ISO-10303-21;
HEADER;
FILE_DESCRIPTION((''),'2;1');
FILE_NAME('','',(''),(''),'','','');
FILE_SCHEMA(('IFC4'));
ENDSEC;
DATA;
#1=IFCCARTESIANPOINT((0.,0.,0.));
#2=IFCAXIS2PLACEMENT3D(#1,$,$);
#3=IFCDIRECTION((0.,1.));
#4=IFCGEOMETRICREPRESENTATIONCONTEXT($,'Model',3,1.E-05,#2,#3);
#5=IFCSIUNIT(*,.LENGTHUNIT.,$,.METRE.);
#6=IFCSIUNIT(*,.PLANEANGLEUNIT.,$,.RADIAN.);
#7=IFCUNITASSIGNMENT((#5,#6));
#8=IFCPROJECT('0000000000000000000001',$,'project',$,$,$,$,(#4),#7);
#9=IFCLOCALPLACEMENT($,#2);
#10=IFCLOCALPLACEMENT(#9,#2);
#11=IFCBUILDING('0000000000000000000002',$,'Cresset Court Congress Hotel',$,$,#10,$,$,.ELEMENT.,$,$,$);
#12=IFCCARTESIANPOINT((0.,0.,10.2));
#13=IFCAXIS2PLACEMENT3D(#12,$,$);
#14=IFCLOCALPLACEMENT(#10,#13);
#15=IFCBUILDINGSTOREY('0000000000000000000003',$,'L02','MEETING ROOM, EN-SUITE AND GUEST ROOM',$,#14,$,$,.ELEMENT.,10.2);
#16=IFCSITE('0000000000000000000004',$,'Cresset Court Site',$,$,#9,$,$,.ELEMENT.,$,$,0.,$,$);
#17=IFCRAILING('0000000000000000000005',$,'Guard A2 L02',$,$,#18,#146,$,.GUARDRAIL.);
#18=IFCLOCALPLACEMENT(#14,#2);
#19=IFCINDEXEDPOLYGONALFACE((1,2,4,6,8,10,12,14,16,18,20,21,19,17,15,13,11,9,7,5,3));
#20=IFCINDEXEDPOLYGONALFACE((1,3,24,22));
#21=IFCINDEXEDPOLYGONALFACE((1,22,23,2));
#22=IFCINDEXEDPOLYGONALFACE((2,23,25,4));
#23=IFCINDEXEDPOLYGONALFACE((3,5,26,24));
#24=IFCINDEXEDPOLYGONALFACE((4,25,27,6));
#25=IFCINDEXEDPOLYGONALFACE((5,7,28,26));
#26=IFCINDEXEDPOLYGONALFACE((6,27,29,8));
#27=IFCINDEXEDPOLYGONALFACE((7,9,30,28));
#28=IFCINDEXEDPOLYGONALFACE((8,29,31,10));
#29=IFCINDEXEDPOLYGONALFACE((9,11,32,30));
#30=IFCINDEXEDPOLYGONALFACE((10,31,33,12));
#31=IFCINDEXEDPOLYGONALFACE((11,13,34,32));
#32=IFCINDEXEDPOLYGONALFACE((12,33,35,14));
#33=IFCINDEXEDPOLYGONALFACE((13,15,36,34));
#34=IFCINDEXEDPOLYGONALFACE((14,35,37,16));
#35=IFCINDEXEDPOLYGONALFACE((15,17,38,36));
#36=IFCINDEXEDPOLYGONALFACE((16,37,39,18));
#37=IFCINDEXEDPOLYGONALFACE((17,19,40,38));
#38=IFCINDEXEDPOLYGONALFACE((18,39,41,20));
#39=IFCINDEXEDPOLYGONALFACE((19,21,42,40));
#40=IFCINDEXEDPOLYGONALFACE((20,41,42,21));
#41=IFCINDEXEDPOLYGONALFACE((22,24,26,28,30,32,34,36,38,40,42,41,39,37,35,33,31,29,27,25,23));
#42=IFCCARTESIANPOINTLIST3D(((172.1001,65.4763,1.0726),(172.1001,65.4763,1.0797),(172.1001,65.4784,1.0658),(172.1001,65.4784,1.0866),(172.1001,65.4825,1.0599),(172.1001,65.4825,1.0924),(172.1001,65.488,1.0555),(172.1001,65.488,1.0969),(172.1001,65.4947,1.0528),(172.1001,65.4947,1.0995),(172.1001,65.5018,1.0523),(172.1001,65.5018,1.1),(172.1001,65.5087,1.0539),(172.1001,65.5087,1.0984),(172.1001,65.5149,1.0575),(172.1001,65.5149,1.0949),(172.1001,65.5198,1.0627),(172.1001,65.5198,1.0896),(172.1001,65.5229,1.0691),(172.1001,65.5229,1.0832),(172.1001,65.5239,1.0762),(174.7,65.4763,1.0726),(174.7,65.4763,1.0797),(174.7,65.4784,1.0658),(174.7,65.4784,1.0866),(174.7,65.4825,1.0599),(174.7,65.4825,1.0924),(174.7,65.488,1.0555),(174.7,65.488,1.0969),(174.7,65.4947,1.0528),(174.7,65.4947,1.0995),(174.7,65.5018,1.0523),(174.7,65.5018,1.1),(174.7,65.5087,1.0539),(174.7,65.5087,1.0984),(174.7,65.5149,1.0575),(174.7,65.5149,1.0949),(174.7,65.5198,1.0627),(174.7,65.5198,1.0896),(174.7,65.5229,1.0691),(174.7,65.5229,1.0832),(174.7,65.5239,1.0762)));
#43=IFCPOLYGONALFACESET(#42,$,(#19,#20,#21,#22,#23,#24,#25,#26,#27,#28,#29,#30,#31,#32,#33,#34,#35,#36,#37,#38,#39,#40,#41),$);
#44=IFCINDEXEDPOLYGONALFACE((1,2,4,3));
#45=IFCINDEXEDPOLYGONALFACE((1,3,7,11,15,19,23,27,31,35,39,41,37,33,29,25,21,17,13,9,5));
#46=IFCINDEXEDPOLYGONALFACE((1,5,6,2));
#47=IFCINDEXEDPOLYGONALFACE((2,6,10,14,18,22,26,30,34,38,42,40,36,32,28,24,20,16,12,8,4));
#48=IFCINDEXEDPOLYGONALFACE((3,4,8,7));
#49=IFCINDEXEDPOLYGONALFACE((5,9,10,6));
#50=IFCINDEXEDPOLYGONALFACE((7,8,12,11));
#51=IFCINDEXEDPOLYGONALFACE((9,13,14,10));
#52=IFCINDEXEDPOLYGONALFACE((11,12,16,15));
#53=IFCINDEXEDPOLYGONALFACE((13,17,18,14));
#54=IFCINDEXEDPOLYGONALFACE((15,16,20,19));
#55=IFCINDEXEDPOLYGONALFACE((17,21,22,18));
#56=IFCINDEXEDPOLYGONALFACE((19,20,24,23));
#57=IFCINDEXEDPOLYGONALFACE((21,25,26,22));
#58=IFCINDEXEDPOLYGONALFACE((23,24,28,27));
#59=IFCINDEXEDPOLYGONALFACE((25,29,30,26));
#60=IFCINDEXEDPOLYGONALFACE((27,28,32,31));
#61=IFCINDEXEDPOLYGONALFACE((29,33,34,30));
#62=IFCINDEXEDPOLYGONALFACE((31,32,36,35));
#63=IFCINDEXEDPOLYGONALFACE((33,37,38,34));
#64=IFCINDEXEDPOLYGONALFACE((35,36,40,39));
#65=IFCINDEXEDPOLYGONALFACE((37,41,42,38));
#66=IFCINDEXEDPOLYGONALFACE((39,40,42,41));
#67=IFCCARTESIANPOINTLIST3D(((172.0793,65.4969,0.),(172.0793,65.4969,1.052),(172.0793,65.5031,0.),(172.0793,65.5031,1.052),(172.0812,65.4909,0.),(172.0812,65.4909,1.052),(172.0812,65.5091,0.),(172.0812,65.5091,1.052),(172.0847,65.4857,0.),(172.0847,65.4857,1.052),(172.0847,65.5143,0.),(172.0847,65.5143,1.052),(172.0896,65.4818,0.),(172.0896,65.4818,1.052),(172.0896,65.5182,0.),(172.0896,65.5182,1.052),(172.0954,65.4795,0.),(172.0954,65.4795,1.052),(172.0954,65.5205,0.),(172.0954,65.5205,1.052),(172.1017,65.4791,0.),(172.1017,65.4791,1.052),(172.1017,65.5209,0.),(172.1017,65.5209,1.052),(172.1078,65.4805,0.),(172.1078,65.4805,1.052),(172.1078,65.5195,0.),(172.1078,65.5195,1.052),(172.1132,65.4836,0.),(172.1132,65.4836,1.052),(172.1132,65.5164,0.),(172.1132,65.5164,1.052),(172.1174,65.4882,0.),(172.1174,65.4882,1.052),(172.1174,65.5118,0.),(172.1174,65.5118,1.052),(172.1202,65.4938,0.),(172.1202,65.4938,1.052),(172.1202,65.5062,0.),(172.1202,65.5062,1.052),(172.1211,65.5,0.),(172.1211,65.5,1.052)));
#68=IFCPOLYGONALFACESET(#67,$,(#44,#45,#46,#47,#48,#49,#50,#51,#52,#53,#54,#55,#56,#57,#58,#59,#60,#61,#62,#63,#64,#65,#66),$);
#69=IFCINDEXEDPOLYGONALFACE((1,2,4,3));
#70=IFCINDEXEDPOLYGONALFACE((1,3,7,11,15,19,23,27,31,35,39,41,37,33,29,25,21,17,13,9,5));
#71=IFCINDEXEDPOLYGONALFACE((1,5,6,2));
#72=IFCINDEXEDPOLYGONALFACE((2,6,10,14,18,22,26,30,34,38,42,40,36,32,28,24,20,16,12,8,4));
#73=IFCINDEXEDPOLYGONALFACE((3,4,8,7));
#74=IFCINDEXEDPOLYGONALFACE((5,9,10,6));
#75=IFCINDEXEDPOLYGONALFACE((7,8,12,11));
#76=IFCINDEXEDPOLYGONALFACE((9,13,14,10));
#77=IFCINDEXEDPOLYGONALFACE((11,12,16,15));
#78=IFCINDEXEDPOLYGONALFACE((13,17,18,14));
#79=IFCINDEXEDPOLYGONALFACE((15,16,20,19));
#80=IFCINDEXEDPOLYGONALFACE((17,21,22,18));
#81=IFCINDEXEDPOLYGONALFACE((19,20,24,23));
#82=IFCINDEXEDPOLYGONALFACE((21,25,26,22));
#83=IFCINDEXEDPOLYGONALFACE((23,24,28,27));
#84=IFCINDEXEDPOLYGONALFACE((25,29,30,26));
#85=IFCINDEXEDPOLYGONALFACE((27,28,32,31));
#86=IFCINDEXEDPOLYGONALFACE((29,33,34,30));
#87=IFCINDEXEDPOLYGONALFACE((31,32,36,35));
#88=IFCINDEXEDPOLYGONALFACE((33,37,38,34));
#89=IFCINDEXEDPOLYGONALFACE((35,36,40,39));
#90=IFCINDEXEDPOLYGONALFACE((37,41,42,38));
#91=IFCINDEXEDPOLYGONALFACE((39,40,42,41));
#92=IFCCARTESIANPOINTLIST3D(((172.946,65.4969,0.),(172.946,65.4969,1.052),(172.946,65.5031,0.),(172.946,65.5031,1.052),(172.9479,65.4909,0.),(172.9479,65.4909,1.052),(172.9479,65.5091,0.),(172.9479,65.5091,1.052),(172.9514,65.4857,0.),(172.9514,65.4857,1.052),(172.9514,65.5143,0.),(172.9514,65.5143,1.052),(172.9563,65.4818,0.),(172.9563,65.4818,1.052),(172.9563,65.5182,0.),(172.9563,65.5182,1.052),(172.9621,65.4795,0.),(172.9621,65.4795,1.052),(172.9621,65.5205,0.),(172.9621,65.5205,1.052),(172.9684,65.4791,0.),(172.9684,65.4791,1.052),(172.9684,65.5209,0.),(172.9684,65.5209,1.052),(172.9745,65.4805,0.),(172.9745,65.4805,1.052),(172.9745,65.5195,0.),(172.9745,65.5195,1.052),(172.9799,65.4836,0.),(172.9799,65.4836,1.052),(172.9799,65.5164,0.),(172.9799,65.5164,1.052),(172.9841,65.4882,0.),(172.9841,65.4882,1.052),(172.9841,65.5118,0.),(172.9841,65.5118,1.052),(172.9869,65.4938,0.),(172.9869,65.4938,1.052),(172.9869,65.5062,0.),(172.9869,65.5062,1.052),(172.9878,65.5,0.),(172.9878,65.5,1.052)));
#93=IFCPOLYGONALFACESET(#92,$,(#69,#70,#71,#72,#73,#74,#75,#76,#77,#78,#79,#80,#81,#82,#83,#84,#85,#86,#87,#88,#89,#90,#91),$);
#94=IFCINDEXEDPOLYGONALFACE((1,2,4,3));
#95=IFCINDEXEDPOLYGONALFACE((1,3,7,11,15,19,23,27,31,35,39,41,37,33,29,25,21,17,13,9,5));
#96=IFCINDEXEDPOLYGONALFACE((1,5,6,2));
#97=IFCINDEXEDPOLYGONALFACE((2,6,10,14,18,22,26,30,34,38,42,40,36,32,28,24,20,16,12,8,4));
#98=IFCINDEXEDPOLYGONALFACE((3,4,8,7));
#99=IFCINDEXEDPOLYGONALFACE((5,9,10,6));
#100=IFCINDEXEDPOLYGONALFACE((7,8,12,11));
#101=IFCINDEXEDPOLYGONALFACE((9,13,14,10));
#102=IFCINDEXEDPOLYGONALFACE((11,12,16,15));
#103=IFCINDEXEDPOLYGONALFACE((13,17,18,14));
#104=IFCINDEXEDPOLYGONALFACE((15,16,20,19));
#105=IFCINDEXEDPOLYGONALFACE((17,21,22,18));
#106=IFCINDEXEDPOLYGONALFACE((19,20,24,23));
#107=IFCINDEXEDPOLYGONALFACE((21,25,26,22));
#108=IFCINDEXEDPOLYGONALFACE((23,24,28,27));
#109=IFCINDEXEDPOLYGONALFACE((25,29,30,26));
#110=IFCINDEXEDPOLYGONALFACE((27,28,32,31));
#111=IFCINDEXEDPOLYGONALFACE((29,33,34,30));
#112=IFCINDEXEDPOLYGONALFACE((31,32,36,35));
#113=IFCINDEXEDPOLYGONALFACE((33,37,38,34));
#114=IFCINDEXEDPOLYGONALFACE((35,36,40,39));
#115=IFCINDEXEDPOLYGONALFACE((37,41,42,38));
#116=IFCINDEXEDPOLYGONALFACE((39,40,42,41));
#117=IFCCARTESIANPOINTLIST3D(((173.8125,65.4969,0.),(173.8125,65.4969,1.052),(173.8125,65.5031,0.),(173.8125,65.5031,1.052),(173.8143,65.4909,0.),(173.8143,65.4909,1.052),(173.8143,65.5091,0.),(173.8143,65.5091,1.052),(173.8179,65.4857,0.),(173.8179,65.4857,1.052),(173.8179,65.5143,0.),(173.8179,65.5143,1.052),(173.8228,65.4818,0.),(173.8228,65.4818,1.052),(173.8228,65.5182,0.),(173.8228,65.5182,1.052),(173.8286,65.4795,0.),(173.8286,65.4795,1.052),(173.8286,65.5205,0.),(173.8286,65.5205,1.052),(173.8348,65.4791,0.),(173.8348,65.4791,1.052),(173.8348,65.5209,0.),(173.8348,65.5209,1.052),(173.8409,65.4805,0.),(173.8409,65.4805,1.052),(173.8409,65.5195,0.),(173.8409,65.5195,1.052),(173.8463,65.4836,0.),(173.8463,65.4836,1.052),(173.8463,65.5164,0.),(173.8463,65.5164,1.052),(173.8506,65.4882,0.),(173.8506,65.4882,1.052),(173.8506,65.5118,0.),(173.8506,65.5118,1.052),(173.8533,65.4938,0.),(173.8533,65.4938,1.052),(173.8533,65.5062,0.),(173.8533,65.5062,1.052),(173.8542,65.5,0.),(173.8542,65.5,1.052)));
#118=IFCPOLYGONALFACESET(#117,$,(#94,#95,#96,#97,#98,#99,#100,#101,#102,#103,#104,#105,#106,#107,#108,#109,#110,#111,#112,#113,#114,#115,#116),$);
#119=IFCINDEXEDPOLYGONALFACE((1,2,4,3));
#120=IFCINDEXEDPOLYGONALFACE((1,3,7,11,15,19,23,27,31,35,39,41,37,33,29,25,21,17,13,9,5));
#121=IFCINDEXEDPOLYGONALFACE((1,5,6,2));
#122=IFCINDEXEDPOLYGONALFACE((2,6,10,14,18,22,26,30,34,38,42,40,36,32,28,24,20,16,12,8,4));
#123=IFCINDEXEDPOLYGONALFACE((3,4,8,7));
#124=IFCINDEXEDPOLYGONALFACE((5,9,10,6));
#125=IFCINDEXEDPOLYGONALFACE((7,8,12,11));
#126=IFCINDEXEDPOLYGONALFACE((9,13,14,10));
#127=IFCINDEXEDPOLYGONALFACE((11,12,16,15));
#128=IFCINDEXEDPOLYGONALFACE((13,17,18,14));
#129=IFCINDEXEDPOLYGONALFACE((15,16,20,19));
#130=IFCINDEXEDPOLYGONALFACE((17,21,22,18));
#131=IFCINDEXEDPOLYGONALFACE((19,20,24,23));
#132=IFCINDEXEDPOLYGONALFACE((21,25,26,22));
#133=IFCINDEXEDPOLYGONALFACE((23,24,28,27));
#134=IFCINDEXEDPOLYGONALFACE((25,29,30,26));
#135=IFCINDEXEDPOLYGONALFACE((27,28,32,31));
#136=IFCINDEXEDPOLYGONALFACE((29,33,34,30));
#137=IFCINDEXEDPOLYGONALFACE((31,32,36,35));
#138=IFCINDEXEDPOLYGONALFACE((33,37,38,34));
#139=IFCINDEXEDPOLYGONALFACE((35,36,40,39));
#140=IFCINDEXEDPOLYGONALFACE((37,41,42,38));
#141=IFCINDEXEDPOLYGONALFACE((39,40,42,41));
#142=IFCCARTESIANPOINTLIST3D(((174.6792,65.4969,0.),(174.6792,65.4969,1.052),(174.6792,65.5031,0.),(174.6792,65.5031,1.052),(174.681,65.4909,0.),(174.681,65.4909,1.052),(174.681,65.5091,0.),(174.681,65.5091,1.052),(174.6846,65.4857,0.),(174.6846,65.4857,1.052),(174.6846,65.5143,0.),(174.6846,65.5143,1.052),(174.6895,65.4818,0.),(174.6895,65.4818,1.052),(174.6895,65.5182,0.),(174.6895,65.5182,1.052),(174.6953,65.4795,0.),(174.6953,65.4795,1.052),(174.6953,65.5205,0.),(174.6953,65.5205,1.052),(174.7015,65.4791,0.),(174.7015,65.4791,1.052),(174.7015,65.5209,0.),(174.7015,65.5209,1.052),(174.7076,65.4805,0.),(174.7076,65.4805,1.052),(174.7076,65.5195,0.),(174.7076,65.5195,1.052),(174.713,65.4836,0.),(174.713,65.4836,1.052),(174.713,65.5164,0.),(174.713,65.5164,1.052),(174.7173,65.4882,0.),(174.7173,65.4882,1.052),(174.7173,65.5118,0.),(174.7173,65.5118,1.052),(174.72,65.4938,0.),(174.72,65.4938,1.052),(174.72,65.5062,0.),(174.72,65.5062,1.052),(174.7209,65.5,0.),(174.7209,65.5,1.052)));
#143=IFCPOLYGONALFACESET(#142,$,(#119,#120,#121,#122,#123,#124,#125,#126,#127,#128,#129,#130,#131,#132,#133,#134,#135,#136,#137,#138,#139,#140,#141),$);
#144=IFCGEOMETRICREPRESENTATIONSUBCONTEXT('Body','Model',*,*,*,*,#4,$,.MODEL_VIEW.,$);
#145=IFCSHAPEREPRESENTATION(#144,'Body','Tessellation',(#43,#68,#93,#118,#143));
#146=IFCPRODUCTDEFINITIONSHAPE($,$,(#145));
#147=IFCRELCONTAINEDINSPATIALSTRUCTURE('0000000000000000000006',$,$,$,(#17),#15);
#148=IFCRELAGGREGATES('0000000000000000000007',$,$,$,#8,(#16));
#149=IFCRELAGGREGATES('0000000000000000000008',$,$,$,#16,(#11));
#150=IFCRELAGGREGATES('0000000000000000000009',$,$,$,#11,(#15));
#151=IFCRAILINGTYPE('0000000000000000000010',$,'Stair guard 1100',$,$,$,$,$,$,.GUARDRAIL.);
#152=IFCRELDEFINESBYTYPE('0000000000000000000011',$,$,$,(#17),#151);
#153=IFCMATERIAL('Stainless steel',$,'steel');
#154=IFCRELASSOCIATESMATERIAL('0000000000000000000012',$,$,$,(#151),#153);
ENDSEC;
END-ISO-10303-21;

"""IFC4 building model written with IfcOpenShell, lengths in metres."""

from ifc_helpers import new_model, si_unit, direction, frame, origin, origin_2d, place, context, subcontext, project, spatial, circle, extrude, material, type_object, element, save


model = new_model("IFC4")

# Units and contexts
model_context = context("Model", 3, precision=1e-05, world=origin(), true_north=direction((0.0, 1.0)))
body_context = subcontext(model_context, "Body", "Model", "MODEL_VIEW")
ifc_project = project(units=[si_unit("LENGTHUNIT", "METRE"), si_unit("PLANEANGLEUNIT", "RADIAN")], contexts=[model_context])

# Site, building, storey
site_placement = place(None, origin())
site = spatial("IfcSite", under=ifc_project, at=site_placement, Name="Cresset Court Site", CompositionType="ELEMENT", RefElevation=0.0)
building_placement = place(site_placement, origin())
building = spatial("IfcBuilding", under=site, at=building_placement, Name="Cresset Court Congress Hotel", CompositionType="ELEMENT")
storey_placement = place(building_placement, frame((0.0, 0.0, 10.2)))
storey = spatial("IfcBuildingStorey", under=building, at=storey_placement, Name="L02", Description="MEETING ROOM, EN-SUITE AND GUEST ROOM", CompositionType="ELEMENT", Elevation=10.2)

# Railing
ifc_material_1 = material(Name="Stainless steel", Category="steel")
railing_type_1 = type_object("IfcRailingType", Name="Stair guard 1100", PredefinedType="GUARDRAIL", material=ifc_material_1)
railing_1_placement = place(storey_placement, frame((172.1001, 65.5, 0.0)))
element("IfcRailing", 1, at=railing_1_placement, inside=storey, type_object=railing_type_1, Name="Guard A2 L02", PredefinedType="GUARDRAIL", context=body_context, shape_type="SweptSolid", body=[
    extrude(circle(Radius=0.0239, at=origin_2d()), frame((0.0, 0.0, 1.0762), z_axis=(1.0, 0.0, 0.0), x_axis=(0.0, 1.0, 0.0)), (0.0, 0.0, 1.0), 2.5999),
    extrude(circle(Radius=0.021, at=origin_2d()), origin(), (0.0, 0.0, 1.0), 1.052),
    extrude(circle(Radius=0.021, at=origin_2d()), frame((0.8667, 0.0, 0.0)), (0.0, 0.0, 1.0), 1.052),
    extrude(circle(Radius=0.021, at=origin_2d()), frame((1.7332, 0.0, 0.0)), (0.0, 0.0, 1.0), 1.052),
    extrude(circle(Radius=0.021, at=origin_2d()), frame((2.5999, 0.0, 0.0)), (0.0, 0.0, 1.0), 1.052),
])

save(model, "model.ifc")
